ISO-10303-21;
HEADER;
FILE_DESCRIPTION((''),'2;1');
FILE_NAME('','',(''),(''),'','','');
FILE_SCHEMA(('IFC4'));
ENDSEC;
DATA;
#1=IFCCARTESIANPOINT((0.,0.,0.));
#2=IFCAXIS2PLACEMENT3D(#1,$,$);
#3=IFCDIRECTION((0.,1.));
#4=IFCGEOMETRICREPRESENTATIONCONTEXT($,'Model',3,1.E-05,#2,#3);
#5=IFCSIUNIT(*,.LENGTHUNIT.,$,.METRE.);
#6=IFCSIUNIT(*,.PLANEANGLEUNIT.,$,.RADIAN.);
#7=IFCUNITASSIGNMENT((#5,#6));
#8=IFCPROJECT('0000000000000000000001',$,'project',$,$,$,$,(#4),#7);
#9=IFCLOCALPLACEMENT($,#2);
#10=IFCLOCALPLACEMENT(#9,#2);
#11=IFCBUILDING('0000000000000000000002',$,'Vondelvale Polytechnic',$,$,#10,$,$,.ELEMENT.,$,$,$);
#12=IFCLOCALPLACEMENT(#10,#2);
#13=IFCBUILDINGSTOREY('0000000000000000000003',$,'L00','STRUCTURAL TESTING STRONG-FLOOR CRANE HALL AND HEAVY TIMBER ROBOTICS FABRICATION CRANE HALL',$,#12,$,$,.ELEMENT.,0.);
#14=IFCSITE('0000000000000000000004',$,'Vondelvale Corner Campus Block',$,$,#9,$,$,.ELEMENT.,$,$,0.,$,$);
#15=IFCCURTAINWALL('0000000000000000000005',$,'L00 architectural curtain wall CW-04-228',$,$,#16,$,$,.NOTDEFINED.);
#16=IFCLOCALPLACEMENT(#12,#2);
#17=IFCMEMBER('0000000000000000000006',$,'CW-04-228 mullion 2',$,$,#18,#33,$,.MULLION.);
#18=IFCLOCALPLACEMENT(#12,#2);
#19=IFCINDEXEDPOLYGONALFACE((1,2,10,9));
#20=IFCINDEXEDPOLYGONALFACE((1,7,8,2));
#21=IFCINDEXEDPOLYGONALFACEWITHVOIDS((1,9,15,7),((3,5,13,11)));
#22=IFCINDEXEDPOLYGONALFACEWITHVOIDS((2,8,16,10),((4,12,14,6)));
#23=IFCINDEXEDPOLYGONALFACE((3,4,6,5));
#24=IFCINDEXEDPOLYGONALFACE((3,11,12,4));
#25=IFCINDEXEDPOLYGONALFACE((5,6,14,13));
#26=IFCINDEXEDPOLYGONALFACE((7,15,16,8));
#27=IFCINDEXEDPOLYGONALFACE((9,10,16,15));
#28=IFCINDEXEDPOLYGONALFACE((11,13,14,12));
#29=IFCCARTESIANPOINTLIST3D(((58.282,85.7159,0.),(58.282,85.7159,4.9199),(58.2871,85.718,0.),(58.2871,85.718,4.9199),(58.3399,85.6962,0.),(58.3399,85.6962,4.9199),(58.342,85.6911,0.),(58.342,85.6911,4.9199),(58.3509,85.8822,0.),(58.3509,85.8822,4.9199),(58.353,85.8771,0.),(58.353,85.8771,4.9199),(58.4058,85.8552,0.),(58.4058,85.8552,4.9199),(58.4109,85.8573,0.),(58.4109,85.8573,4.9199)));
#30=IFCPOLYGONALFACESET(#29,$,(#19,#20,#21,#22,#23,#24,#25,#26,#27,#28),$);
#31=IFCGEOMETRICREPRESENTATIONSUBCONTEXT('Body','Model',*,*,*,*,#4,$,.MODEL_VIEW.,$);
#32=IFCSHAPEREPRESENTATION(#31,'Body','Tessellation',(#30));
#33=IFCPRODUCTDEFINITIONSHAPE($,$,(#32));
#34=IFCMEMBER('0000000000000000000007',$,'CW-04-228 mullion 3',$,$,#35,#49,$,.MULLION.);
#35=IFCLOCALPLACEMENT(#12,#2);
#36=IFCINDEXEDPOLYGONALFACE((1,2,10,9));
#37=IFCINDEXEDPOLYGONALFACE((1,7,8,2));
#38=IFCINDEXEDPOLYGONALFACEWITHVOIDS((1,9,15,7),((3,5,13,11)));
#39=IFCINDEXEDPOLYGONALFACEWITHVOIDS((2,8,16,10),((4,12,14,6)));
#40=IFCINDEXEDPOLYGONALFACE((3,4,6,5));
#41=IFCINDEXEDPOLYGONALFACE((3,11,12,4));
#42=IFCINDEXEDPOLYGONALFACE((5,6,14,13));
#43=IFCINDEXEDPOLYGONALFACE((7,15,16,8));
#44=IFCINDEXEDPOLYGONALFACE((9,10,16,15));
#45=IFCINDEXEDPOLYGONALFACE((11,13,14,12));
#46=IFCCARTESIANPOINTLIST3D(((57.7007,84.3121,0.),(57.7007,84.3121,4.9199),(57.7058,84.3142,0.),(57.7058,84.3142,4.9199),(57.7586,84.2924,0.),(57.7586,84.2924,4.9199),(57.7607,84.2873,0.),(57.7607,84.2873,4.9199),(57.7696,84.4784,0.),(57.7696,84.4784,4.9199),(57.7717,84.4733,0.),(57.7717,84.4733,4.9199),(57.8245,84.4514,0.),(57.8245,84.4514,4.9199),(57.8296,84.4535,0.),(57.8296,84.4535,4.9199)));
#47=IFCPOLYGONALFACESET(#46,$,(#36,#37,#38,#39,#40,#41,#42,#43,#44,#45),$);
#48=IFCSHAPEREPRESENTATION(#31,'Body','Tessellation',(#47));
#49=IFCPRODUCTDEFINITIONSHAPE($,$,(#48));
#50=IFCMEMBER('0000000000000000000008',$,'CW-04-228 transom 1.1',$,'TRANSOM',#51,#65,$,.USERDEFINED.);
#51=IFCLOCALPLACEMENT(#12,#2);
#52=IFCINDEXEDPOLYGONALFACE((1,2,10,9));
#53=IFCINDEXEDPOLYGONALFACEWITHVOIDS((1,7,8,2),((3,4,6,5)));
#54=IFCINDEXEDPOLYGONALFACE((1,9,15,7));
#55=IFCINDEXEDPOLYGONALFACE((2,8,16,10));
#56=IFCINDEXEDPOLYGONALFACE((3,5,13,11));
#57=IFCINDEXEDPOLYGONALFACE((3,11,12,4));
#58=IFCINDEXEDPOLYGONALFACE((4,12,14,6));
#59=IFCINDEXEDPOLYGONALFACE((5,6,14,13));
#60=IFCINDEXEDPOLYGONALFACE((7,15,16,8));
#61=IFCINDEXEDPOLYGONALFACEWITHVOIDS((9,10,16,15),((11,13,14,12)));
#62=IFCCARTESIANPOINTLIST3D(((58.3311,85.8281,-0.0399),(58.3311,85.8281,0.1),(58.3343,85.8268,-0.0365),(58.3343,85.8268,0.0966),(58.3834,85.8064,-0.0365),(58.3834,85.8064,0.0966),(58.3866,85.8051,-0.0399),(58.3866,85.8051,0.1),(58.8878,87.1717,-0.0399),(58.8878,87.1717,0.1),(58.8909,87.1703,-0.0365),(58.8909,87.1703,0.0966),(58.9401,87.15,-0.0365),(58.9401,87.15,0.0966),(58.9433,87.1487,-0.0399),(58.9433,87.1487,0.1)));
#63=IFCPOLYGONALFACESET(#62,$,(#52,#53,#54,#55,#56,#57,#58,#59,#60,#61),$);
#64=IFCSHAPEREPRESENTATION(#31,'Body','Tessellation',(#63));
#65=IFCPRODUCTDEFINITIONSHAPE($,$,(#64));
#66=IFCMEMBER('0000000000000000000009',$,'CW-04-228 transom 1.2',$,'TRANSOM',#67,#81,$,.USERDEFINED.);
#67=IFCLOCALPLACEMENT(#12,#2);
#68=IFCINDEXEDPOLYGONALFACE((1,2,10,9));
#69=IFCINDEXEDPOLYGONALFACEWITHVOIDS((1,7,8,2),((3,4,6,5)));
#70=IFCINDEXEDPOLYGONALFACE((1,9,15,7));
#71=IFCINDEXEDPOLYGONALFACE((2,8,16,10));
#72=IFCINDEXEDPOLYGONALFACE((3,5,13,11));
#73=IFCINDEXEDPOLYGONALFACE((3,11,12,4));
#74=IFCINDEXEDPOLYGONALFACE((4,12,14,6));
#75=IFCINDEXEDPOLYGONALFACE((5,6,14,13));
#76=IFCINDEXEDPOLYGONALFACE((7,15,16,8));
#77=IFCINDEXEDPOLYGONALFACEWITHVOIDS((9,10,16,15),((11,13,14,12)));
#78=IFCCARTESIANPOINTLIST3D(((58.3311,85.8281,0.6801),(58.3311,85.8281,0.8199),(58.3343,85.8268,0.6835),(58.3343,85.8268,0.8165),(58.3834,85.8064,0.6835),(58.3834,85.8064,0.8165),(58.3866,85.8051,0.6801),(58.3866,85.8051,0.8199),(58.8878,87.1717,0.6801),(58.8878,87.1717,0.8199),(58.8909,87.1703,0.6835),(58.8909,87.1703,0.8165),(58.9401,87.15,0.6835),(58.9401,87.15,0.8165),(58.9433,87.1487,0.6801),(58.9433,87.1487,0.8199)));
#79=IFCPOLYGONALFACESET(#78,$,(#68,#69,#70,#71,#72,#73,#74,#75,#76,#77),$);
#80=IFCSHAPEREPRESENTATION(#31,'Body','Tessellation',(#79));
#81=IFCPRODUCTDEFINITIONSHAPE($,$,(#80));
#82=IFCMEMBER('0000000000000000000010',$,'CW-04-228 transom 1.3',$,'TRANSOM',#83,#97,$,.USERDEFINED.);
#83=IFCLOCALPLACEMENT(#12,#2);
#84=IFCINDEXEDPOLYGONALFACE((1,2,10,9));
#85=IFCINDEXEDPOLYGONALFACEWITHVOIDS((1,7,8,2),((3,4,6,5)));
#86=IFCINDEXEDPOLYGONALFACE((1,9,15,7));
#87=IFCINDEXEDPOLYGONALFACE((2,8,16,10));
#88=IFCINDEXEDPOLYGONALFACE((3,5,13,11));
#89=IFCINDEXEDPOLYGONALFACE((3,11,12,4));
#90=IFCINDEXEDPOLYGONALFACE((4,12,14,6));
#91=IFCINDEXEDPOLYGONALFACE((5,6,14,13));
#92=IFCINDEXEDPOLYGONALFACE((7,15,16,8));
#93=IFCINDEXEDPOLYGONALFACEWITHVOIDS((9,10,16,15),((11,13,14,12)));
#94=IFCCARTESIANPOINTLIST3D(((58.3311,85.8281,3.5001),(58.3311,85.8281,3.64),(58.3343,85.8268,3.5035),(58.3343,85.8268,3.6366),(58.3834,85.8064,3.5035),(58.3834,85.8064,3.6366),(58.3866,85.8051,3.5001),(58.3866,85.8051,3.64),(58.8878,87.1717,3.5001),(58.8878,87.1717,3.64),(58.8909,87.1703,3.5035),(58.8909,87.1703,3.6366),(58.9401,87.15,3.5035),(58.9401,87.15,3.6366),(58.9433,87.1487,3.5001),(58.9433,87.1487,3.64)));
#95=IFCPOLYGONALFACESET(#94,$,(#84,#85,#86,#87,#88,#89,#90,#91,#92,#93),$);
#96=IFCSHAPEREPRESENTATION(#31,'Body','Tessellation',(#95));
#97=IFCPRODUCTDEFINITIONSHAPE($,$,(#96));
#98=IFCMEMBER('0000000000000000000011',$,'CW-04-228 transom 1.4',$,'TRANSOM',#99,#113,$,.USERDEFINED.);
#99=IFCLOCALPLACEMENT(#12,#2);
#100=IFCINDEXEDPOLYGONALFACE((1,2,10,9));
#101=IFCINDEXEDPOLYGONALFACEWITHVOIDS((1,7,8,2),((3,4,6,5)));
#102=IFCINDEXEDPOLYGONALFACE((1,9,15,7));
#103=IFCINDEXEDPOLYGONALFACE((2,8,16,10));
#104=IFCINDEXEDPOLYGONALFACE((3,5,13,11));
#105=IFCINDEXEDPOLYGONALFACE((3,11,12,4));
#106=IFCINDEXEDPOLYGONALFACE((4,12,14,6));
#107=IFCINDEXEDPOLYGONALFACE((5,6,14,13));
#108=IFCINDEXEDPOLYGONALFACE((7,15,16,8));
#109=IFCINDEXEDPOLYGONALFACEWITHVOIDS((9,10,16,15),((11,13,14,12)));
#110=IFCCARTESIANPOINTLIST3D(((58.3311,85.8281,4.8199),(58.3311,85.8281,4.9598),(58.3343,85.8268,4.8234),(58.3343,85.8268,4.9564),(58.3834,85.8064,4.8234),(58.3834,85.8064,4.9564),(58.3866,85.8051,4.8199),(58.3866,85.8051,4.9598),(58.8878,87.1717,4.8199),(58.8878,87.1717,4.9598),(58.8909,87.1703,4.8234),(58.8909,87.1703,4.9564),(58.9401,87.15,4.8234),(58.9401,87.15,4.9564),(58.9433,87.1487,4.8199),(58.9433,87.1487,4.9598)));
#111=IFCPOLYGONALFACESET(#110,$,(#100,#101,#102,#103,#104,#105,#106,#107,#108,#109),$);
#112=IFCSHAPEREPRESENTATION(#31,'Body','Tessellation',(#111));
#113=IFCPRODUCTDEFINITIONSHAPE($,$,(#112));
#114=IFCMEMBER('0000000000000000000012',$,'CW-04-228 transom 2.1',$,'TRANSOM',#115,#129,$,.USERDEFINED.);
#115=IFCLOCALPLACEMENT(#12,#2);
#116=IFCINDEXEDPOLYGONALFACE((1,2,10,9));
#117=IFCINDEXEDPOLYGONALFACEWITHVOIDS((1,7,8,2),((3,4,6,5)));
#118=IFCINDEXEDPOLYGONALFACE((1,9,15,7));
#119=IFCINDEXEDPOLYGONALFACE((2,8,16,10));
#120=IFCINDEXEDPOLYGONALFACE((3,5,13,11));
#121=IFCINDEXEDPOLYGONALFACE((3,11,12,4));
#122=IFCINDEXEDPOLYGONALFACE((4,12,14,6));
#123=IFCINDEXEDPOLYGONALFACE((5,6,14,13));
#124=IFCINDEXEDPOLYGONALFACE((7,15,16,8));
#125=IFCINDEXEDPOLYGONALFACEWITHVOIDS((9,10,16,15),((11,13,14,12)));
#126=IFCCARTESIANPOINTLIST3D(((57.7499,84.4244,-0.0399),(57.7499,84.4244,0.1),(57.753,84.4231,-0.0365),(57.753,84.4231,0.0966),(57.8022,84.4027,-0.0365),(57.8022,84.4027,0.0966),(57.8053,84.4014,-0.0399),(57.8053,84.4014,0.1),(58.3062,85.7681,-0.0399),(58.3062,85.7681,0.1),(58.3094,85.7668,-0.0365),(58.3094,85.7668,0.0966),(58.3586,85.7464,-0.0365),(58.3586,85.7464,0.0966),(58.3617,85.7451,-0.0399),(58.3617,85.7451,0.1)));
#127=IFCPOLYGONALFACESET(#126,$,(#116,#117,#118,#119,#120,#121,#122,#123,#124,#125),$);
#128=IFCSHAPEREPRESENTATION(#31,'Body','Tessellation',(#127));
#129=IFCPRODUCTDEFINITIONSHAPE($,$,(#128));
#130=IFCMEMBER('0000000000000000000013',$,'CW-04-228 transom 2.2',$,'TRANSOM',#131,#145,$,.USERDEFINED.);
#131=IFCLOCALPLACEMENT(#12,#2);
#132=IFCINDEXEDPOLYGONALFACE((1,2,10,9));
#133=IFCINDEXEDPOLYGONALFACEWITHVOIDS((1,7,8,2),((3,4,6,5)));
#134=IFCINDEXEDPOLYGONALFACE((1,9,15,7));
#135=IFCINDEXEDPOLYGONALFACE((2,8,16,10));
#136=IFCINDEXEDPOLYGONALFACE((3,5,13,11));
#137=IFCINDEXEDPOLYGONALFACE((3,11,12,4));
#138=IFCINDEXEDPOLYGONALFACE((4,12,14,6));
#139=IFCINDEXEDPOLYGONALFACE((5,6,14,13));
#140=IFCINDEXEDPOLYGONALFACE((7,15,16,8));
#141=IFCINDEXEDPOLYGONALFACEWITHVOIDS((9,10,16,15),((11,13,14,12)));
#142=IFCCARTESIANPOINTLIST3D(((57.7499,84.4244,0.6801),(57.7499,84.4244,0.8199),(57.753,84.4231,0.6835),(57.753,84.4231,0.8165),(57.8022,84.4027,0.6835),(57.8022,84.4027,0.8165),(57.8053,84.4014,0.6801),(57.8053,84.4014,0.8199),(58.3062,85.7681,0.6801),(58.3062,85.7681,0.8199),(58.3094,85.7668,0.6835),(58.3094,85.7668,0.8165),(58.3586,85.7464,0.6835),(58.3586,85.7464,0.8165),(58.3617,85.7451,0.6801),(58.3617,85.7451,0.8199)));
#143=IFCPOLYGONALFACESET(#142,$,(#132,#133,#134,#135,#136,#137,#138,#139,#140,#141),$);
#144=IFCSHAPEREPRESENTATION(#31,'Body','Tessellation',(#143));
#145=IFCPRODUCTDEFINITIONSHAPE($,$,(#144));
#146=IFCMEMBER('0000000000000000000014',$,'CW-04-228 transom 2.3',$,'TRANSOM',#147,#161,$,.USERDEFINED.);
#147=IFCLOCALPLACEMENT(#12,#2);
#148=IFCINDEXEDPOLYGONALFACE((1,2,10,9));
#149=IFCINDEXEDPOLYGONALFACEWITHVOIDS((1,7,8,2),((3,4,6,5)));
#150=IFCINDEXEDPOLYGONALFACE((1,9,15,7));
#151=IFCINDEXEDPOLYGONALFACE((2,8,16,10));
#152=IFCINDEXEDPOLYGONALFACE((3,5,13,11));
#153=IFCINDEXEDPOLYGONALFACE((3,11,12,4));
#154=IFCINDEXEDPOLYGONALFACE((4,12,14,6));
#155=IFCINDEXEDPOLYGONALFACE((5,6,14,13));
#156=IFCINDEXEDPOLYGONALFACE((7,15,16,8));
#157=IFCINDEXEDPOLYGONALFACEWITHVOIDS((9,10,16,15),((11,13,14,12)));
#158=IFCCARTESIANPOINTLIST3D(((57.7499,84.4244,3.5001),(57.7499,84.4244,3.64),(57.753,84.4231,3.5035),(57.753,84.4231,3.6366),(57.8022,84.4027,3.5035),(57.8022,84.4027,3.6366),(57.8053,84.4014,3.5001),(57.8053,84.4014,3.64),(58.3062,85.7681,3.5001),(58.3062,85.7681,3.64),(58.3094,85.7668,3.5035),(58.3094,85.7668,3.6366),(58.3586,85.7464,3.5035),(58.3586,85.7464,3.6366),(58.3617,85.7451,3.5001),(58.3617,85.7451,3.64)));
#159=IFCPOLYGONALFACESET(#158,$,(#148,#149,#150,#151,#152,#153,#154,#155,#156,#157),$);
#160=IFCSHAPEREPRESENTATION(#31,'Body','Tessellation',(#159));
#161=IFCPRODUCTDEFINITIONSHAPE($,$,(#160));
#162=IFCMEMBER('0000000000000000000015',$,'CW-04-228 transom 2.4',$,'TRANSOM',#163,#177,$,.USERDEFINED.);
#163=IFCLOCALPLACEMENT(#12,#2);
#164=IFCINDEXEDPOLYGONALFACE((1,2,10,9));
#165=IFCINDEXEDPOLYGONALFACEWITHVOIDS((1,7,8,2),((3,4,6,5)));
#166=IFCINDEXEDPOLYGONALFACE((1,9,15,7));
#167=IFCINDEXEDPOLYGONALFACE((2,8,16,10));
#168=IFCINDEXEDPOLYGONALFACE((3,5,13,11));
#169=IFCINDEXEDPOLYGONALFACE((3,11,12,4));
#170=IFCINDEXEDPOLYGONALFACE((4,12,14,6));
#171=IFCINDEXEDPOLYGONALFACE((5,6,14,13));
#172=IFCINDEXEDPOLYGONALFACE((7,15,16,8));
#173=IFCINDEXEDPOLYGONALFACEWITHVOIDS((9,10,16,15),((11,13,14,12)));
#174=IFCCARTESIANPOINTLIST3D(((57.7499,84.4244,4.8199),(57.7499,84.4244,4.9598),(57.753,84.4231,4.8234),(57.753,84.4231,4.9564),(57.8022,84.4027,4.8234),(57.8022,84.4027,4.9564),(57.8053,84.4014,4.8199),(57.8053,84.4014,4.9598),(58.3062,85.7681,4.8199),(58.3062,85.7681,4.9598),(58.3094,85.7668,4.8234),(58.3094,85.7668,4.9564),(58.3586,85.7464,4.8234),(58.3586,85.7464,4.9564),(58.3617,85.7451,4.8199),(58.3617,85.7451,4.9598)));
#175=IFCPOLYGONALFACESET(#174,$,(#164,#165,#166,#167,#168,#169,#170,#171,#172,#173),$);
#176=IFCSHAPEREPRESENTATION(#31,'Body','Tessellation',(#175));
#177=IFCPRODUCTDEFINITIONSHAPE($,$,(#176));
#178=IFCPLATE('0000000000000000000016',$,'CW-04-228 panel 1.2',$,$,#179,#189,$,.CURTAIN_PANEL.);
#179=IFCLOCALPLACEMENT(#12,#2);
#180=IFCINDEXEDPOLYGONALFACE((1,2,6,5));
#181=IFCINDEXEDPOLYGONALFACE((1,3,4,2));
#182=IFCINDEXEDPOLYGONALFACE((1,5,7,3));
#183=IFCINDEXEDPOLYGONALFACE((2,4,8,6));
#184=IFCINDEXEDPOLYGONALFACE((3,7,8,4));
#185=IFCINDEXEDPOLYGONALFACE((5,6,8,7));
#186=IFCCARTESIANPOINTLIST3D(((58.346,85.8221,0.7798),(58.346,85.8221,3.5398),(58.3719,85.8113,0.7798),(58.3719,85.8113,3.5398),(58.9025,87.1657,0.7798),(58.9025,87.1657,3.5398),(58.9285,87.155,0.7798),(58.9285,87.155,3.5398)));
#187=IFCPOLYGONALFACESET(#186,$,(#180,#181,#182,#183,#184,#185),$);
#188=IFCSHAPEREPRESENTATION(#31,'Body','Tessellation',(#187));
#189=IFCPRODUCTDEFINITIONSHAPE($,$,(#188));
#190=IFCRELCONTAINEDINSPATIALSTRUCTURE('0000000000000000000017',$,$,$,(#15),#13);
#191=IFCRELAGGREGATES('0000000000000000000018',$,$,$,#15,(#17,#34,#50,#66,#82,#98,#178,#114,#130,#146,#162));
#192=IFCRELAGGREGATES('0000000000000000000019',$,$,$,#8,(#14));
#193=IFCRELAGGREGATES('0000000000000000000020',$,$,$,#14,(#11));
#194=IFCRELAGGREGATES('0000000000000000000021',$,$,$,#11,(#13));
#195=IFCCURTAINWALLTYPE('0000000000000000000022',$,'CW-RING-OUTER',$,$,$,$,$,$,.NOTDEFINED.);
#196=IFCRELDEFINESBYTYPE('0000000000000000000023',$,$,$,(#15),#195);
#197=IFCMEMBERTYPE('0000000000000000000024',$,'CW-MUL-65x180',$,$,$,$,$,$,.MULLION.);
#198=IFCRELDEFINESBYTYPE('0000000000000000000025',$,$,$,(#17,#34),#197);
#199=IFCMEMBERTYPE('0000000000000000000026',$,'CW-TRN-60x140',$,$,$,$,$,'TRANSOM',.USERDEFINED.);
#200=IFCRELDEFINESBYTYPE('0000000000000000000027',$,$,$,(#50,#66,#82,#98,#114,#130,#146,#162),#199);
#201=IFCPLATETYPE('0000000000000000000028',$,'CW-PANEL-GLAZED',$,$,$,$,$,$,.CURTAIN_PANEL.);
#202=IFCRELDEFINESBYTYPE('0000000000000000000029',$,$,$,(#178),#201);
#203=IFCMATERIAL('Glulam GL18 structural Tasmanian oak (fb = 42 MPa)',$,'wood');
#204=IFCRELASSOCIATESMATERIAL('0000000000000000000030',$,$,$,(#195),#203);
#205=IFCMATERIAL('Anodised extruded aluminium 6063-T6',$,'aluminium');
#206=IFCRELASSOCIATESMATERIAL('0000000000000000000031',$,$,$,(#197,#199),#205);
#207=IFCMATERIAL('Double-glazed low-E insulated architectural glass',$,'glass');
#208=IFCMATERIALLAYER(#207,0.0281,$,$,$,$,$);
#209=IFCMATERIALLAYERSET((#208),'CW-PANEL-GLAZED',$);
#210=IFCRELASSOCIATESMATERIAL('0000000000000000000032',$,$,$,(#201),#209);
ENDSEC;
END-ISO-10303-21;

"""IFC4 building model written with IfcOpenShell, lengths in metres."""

from ifc_helpers import new_model, si_unit, direction, frame, origin, origin_2d, place, context, subcontext, project, spatial, rectangle, hollow_rectangle, extrude, material, layer, layer_set, material_profile, profile_set, type_object, element, aggregate, save


model = new_model("IFC4")

# Units and contexts
model_context = context("Model", 3, precision=1e-05, world=origin(), true_north=direction((0.0, 1.0)))
body_context = subcontext(model_context, "Body", "Model", "MODEL_VIEW")
ifc_project = project(units=[si_unit("LENGTHUNIT", "METRE"), si_unit("PLANEANGLEUNIT", "RADIAN")], contexts=[model_context])

# Site, building, storey
site_placement = place(None, origin())
site = spatial("IfcSite", under=ifc_project, at=site_placement, Name="Vondelvale Corner Campus Block", CompositionType="ELEMENT", RefElevation=0.0)
building_placement = place(site_placement, origin())
building = spatial("IfcBuilding", under=site, at=building_placement, Name="Vondelvale Polytechnic", CompositionType="ELEMENT")
storey_placement = place(building_placement, origin())
storey = spatial("IfcBuildingStorey", under=building, at=storey_placement, Name="L00", Description="STRUCTURAL TESTING STRONG-FLOOR CRANE HALL AND HEAVY TIMBER ROBOTICS FABRICATION CRANE HALL", CompositionType="ELEMENT", Elevation=0.0)

# Shared definitions
ifc_material_1 = material(Name="Glulam GL18 structural Tasmanian oak (fb = 42 MPa)", Category="wood")

# Shared definitions
curtain_wall_type = type_object("IfcCurtainWallType", Name="CW-RING-OUTER", PredefinedType="NOTDEFINED", material=ifc_material_1)
ifc_material_2 = material(Name="Anodised extruded aluminium 6063-T6", Category="aluminium")
ifc_material_profile_1 = material_profile(ifc_material_2, hollow_rectangle(XDim=0.0649, YDim=0.1799, WallThickness=0.0039, at=origin_2d()), Name="CW-MUL-180x65")
ifc_profile_set_1 = profile_set([ifc_material_profile_1], Name="Anodised extruded aluminium 6063-T6")
member_type_1 = type_object("IfcMemberType", Name="CW-MUL-65x180", PredefinedType="MULLION", material=ifc_profile_set_1)

# Curtain wall, members, plate
curtain_wall_1_placement = place(storey_placement, origin())
curtain_wall_1 = element("IfcCurtainWall", 1, at=curtain_wall_1_placement, inside=storey, type_object=curtain_wall_type, Name="L00 architectural curtain wall CW-04-228", PredefinedType="NOTDEFINED")
member_1_placement = place(storey_placement, frame((58.3464, 85.7866, 0.0), z_axis=(0.0, 0.0, 1.0), x_axis=(0.923881, -0.382679, 0.0)))
member_1 = element("IfcMember", 2, at=member_1_placement, type_object=member_type_1, Name="CW-04-228 mullion 2", PredefinedType="MULLION", context=body_context, shape_type="SweptSolid", body=[
    extrude(hollow_rectangle(XDim=0.0649, YDim=0.1799, WallThickness=0.0039, at=origin_2d()), origin(), (0.0, 0.0, 1.0), 4.9199),
])
member_2_placement = place(storey_placement, frame((57.7651, 84.3828, 0.0), z_axis=(0.0, 0.0, 1.0), x_axis=(0.923881, -0.382679, 0.0)))
member_2 = element("IfcMember", 3, at=member_2_placement, type_object=member_type_1, Name="CW-04-228 mullion 3", PredefinedType="MULLION", context=body_context, shape_type="SweptSolid", body=[
    extrude(hollow_rectangle(XDim=0.0649, YDim=0.1799, WallThickness=0.0039, at=origin_2d()), origin(), (0.0, 0.0, 1.0), 4.9199),
])
ifc_material_profile_2 = material_profile(ifc_material_2, hollow_rectangle(XDim=0.0601, YDim=0.1399, WallThickness=0.0034, at=origin_2d()), Name="CW-TRN-140x60")
ifc_profile_set_2 = profile_set([ifc_material_profile_2], Name="Anodised extruded aluminium 6063-T6")
member_type_2 = type_object("IfcMemberType", Name="CW-TRN-60x140", ElementType="TRANSOM", PredefinedType="USERDEFINED", material=ifc_profile_set_2)
member_3_placement = place(storey_placement, frame((58.9155, 87.1602, 0.03), z_axis=(-0.382767, -0.923845, 0.0), x_axis=(0.923845, -0.382767, 0.0)))
member_3 = element("IfcMember", 4, at=member_3_placement, type_object=member_type_2, Name="CW-04-228 transom 1.1", ObjectType="TRANSOM", PredefinedType="USERDEFINED", context=body_context, shape_type="SweptSolid", body=[
    extrude(hollow_rectangle(XDim=0.0601, YDim=0.1399, WallThickness=0.0034, at=origin_2d()), origin(), (0.0, 0.0, 1.0), 1.4543),
])
member_4_placement = place(storey_placement, frame((58.9155, 87.1602, 0.75), z_axis=(-0.382767, -0.923845, 0.0), x_axis=(0.923845, -0.382767, 0.0)))
member_4 = element("IfcMember", 5, at=member_4_placement, type_object=member_type_2, Name="CW-04-228 transom 1.2", ObjectType="TRANSOM", PredefinedType="USERDEFINED", context=body_context, shape_type="SweptSolid", body=[
    extrude(hollow_rectangle(XDim=0.0601, YDim=0.1399, WallThickness=0.0034, at=origin_2d()), origin(), (0.0, 0.0, 1.0), 1.4543),
])
member_5_placement = place(storey_placement, frame((58.9155, 87.1602, 3.5701), z_axis=(-0.382767, -0.923845, 0.0), x_axis=(0.923845, -0.382767, 0.0)))
member_5 = element("IfcMember", 6, at=member_5_placement, type_object=member_type_2, Name="CW-04-228 transom 1.3", ObjectType="TRANSOM", PredefinedType="USERDEFINED", context=body_context, shape_type="SweptSolid", body=[
    extrude(hollow_rectangle(XDim=0.0601, YDim=0.1399, WallThickness=0.0034, at=origin_2d()), origin(), (0.0, 0.0, 1.0), 1.4543),
])
member_6_placement = place(storey_placement, frame((58.9155, 87.1602, 4.8899), z_axis=(-0.382767, -0.923845, 0.0), x_axis=(0.923845, -0.382767, 0.0)))
member_6 = element("IfcMember", 7, at=member_6_placement, type_object=member_type_2, Name="CW-04-228 transom 1.4", ObjectType="TRANSOM", PredefinedType="USERDEFINED", context=body_context, shape_type="SweptSolid", body=[
    extrude(hollow_rectangle(XDim=0.0601, YDim=0.1399, WallThickness=0.0034, at=origin_2d()), origin(), (0.0, 0.0, 1.0), 1.4543),
])
member_7_placement = place(storey_placement, frame((58.334, 85.7566, 0.03), z_axis=(-0.382564, -0.923929, 0.0), x_axis=(0.923929, -0.382564, 0.0)))
member_7 = element("IfcMember", 8, at=member_7_placement, type_object=member_type_2, Name="CW-04-228 transom 2.1", ObjectType="TRANSOM", PredefinedType="USERDEFINED", context=body_context, shape_type="SweptSolid", body=[
    extrude(hollow_rectangle(XDim=0.0601, YDim=0.1399, WallThickness=0.0034, at=origin_2d()), origin(), (0.0, 0.0, 1.0), 1.4543),
])
member_8_placement = place(storey_placement, frame((58.334, 85.7566, 0.75), z_axis=(-0.382564, -0.923929, 0.0), x_axis=(0.923929, -0.382564, 0.0)))
member_8 = element("IfcMember", 9, at=member_8_placement, type_object=member_type_2, Name="CW-04-228 transom 2.2", ObjectType="TRANSOM", PredefinedType="USERDEFINED", context=body_context, shape_type="SweptSolid", body=[
    extrude(hollow_rectangle(XDim=0.0601, YDim=0.1399, WallThickness=0.0034, at=origin_2d()), origin(), (0.0, 0.0, 1.0), 1.4543),
])
member_9_placement = place(storey_placement, frame((58.334, 85.7566, 3.5701), z_axis=(-0.382564, -0.923929, 0.0), x_axis=(0.923929, -0.382564, 0.0)))
member_9 = element("IfcMember", 10, at=member_9_placement, type_object=member_type_2, Name="CW-04-228 transom 2.3", ObjectType="TRANSOM", PredefinedType="USERDEFINED", context=body_context, shape_type="SweptSolid", body=[
    extrude(hollow_rectangle(XDim=0.0601, YDim=0.1399, WallThickness=0.0034, at=origin_2d()), origin(), (0.0, 0.0, 1.0), 1.4543),
])
member_10_placement = place(storey_placement, frame((58.334, 85.7566, 4.8899), z_axis=(-0.382564, -0.923929, 0.0), x_axis=(0.923929, -0.382564, 0.0)))
member_10 = element("IfcMember", 11, at=member_10_placement, type_object=member_type_2, Name="CW-04-228 transom 2.4", ObjectType="TRANSOM", PredefinedType="USERDEFINED", context=body_context, shape_type="SweptSolid", body=[
    extrude(hollow_rectangle(XDim=0.0601, YDim=0.1399, WallThickness=0.0034, at=origin_2d()), origin(), (0.0, 0.0, 1.0), 1.4543),
])
ifc_material_3 = material(Name="Double-glazed low-E insulated architectural glass", Category="glass")
ifc_layer_1 = layer(ifc_material_3, 0.0281)
ifc_layer_set_1 = layer_set([ifc_layer_1], Name="CW-PANEL-GLAZED")
plate_type_1 = type_object("IfcPlateType", Name="CW-PANEL-GLAZED", PredefinedType="CURTAIN_PANEL", material=ifc_layer_set_1)
plate_1_placement = place(storey_placement, frame((58.6372, 86.4885, 0.7798), z_axis=(0.0, 0.0, 1.0), x_axis=(-0.382679, -0.923881, 0.0)))
plate_1 = element("IfcPlate", 12, at=plate_1_placement, type_object=plate_type_1, Name="CW-04-228 panel 1.2", PredefinedType="CURTAIN_PANEL", context=body_context, shape_type="SweptSolid", body=[
    extrude(rectangle(XDim=1.4543, YDim=0.0281, at=origin_2d()), origin(), (0.0, 0.0, 1.0), 2.76),
])

aggregate(curtain_wall_1, [member_1, member_2, member_3, member_4, member_5, member_6, plate_1, member_7, member_8, member_9, member_10])

save(model, "model.ifc")
